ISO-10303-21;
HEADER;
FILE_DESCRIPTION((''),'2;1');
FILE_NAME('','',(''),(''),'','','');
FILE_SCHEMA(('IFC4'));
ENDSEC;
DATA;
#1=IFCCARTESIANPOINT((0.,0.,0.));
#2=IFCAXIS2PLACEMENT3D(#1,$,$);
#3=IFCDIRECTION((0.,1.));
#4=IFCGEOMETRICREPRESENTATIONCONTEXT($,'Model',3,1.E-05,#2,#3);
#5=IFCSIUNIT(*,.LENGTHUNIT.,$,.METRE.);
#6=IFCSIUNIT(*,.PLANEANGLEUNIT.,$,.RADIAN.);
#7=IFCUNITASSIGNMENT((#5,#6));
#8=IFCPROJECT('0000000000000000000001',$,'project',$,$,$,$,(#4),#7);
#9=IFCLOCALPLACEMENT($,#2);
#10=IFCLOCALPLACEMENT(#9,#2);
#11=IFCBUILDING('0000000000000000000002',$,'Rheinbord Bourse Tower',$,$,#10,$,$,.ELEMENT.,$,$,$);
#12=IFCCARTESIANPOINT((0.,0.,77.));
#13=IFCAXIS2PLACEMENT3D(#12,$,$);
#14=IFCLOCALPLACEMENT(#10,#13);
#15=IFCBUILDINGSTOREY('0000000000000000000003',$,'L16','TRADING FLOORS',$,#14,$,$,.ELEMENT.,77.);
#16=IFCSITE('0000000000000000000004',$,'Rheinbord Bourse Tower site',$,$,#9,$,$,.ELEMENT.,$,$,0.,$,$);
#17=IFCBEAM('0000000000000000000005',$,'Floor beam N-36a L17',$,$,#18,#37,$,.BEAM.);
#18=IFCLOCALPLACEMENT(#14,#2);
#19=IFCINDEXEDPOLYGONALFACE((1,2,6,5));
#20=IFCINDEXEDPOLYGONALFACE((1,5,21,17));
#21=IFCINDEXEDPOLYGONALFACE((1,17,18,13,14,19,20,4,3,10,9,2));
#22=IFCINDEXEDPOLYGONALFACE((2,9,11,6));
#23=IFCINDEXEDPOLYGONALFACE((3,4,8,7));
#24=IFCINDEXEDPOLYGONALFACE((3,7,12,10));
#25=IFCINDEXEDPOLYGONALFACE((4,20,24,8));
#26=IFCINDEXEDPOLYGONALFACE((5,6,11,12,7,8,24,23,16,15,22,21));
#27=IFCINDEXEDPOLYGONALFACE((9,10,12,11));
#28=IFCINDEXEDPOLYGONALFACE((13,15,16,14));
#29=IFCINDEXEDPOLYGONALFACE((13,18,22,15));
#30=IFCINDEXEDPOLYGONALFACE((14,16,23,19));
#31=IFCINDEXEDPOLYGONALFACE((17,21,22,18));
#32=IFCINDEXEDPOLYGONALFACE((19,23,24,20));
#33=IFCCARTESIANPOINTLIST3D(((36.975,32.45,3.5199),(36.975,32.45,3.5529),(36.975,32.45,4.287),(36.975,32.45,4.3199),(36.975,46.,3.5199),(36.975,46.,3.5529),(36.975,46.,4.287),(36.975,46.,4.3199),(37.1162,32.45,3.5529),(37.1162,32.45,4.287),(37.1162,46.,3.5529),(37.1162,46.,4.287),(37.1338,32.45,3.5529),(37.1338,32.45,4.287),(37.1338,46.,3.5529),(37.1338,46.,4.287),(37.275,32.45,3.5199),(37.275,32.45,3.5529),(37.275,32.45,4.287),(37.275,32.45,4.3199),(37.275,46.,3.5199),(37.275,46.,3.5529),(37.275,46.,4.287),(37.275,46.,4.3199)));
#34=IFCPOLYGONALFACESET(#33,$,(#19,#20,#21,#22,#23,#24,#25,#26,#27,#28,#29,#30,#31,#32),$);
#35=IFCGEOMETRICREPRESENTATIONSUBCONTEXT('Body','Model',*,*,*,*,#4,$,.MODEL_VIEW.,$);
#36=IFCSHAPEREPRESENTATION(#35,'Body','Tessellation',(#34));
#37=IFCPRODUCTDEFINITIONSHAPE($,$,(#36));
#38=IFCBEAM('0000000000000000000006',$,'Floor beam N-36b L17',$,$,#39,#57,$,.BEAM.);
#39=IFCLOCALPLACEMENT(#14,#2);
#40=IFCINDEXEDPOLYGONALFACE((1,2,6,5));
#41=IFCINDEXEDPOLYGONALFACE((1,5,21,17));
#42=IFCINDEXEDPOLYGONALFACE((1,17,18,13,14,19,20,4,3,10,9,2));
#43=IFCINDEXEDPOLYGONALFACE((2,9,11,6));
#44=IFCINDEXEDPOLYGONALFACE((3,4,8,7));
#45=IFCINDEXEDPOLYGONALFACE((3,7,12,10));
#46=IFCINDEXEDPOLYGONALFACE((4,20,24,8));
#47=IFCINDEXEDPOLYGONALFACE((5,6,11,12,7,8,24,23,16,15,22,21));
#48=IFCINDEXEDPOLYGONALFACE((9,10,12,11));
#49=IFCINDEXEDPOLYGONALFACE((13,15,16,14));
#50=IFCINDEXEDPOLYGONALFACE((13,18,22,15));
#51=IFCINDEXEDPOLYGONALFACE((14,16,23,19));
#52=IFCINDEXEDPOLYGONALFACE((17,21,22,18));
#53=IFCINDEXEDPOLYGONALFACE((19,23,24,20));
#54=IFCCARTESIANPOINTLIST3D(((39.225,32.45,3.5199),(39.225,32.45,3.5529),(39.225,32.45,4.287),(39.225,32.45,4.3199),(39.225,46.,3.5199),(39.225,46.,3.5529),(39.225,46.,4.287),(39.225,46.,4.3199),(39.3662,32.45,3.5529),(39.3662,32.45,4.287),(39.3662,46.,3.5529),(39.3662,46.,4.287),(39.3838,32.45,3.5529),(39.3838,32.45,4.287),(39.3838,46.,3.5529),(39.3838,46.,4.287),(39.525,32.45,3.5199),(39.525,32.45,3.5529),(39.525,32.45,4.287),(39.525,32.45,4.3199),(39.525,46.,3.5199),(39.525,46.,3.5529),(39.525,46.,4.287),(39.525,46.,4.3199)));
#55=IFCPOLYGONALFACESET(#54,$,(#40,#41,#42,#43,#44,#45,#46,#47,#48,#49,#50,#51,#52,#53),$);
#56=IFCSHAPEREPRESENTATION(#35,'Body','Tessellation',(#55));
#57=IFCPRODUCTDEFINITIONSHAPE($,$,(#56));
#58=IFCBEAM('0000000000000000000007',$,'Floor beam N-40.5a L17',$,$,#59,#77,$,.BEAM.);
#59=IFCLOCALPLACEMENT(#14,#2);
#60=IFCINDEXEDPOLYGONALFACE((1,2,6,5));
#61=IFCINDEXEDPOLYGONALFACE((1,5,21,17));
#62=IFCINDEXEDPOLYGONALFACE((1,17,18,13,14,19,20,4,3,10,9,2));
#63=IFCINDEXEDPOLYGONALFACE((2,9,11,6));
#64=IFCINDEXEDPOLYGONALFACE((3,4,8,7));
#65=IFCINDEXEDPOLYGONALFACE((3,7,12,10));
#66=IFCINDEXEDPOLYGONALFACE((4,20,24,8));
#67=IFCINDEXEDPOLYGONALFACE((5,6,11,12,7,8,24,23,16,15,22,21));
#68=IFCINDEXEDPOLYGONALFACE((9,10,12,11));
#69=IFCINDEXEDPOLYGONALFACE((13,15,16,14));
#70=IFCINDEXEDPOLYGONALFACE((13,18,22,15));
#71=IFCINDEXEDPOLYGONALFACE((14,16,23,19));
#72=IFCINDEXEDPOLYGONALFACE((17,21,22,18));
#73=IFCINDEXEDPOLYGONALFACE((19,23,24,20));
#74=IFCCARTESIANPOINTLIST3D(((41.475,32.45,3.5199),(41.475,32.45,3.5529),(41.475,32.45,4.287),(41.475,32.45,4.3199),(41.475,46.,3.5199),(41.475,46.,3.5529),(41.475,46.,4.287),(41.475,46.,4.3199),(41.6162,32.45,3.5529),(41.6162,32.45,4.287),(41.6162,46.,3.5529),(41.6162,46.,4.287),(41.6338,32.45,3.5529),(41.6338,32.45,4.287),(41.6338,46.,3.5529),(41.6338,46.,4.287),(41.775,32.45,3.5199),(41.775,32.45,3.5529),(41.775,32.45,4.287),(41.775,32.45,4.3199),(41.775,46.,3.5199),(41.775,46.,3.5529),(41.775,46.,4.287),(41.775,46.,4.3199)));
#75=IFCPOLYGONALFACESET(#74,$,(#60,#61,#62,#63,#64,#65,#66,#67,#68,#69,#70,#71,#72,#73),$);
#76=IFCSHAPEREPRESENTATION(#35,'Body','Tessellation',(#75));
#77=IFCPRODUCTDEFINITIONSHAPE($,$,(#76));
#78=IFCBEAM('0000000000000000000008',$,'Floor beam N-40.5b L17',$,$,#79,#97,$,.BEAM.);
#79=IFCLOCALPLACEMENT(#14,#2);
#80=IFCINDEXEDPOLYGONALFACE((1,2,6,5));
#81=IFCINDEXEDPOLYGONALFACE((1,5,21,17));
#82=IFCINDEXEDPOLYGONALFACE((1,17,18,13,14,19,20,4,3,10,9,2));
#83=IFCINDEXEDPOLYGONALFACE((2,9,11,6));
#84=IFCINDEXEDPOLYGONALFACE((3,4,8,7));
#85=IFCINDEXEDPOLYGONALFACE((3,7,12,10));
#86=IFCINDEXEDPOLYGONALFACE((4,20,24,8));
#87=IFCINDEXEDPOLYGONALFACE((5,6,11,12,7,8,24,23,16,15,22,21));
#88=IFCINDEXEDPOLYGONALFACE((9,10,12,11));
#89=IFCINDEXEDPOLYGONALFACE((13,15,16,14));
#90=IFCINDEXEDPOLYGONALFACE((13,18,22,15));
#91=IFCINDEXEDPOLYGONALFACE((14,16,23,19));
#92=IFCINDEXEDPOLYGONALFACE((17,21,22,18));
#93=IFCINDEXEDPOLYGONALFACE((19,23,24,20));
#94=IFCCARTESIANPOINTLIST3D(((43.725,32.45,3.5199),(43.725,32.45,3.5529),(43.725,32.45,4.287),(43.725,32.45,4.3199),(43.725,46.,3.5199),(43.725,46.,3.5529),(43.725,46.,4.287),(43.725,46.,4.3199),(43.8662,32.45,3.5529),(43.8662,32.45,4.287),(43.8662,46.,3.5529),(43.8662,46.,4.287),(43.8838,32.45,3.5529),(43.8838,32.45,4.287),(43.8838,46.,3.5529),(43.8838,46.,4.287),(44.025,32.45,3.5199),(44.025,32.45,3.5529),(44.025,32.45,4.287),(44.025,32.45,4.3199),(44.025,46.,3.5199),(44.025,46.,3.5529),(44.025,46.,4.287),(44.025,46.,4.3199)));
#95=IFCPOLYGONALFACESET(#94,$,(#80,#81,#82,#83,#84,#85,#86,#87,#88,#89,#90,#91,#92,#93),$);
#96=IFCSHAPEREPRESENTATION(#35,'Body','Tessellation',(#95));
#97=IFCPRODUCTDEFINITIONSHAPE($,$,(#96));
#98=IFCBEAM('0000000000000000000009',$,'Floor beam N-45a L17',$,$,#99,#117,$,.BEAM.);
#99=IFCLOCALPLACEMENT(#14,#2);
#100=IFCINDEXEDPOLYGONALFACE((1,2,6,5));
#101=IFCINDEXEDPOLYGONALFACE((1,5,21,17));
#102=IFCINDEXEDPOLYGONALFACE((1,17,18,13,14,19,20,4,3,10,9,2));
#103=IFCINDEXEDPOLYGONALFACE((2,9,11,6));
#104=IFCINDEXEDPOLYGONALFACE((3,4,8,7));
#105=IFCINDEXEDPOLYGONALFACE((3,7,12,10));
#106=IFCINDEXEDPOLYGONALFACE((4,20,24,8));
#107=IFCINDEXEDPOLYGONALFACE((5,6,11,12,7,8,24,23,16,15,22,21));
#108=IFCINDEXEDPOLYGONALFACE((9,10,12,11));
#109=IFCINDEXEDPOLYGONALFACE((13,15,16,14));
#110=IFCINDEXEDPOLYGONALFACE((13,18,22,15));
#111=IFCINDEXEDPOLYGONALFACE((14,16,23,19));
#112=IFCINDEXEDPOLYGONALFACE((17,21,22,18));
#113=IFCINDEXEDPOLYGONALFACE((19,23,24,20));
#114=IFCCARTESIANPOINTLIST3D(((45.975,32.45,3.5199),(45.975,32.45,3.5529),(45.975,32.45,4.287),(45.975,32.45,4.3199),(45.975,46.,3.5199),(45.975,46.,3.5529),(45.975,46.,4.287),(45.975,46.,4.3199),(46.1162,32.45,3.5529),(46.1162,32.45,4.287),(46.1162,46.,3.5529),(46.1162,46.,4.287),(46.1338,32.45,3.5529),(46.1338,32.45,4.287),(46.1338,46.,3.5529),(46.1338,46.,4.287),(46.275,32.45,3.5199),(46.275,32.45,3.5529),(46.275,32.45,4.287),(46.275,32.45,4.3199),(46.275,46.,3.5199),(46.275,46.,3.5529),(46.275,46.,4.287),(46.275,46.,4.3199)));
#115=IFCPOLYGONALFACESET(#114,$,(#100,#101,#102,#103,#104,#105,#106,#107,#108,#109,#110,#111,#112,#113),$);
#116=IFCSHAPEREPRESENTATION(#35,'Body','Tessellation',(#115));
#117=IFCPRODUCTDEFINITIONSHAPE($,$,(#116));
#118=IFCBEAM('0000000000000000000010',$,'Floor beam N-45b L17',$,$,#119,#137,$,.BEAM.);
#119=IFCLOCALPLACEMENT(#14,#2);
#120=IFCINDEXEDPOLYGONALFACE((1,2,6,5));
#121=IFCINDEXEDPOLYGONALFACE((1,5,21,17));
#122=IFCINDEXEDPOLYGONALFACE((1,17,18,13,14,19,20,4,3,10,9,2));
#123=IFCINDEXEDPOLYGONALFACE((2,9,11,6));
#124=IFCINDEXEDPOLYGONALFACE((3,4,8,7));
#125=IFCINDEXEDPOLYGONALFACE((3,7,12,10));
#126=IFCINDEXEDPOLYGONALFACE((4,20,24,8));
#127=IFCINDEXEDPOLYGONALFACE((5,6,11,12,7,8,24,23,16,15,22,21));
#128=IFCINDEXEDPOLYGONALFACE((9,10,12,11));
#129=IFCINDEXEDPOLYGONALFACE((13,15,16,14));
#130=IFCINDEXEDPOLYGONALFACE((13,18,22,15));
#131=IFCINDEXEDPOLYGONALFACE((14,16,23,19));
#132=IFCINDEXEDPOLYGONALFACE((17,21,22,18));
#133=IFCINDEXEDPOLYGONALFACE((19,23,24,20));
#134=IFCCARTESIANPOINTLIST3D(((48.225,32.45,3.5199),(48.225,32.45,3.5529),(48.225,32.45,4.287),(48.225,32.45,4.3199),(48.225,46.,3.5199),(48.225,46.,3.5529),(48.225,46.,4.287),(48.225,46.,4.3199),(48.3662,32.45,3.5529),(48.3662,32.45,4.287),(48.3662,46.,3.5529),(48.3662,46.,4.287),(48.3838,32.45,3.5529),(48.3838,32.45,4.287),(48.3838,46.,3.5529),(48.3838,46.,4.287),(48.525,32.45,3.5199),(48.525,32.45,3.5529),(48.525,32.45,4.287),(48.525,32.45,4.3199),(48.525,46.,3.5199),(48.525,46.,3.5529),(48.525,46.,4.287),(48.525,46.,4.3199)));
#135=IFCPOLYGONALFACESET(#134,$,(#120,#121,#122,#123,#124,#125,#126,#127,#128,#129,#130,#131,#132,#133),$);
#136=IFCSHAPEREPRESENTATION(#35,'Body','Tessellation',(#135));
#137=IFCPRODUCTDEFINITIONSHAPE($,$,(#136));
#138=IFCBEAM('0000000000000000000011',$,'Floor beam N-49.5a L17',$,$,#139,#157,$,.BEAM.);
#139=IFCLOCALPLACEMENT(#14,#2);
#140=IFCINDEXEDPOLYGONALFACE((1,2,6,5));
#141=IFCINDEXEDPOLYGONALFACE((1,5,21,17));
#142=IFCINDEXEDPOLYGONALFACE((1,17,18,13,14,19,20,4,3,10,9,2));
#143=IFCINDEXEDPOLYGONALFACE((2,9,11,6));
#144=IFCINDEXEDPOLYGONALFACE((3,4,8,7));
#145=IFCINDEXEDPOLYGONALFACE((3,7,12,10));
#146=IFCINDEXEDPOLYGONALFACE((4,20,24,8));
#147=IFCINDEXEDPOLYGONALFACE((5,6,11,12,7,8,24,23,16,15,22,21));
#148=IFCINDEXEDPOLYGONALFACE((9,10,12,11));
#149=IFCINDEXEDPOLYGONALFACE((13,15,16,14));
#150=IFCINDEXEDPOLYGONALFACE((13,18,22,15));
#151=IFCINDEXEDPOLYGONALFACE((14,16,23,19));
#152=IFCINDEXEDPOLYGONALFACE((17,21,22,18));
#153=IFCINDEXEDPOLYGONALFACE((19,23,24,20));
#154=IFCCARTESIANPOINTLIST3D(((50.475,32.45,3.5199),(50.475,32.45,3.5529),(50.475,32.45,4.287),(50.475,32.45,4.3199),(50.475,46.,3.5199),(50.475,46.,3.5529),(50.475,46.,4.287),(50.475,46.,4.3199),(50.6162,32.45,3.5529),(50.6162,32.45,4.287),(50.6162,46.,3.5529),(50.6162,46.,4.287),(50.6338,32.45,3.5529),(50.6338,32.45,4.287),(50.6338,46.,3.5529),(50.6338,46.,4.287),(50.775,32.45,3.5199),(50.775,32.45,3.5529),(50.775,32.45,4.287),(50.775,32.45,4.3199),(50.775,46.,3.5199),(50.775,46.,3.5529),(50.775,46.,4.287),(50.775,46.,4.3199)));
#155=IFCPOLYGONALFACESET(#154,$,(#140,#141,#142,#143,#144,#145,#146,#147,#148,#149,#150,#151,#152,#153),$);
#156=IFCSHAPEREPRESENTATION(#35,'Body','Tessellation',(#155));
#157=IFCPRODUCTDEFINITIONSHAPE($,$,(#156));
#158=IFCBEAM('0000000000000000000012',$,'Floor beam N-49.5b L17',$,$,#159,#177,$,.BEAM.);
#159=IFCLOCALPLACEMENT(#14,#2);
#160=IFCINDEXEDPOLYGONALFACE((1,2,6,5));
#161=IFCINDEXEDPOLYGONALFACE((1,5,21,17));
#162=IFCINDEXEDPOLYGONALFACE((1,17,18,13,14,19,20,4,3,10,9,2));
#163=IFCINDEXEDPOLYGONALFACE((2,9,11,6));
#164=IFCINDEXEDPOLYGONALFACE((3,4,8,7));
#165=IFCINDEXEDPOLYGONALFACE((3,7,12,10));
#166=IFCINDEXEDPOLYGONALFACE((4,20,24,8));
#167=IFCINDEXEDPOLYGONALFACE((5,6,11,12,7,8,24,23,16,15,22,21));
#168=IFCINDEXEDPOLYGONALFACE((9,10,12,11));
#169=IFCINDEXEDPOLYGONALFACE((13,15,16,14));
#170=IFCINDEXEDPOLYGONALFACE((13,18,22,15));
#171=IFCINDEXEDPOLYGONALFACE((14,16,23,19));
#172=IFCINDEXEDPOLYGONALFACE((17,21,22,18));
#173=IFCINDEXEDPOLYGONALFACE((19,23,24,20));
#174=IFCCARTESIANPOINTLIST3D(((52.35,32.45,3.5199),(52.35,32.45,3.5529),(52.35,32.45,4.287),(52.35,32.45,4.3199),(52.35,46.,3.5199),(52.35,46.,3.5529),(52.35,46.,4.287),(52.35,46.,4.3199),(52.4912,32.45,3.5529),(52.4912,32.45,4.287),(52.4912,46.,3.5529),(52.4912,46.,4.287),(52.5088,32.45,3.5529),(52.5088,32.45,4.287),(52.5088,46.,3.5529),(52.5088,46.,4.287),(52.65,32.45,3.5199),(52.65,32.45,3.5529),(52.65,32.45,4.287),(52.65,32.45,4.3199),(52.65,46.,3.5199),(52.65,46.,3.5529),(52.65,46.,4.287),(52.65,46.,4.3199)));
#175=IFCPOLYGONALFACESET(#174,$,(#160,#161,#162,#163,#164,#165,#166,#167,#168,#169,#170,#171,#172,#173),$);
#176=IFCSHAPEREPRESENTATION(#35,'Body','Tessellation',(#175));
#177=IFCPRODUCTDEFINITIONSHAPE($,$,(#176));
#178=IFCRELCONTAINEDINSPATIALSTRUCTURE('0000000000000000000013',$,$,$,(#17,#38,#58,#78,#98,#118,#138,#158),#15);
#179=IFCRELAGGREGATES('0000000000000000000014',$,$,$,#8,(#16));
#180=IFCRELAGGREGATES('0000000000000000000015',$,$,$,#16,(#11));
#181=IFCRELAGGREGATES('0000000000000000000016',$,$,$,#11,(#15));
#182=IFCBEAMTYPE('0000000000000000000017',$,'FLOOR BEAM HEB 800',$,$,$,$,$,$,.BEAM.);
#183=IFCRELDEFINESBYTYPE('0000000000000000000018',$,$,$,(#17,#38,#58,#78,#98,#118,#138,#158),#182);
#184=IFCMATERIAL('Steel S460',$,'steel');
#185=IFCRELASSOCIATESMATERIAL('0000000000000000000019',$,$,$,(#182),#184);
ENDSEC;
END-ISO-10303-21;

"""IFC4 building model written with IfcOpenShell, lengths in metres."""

from ifc_helpers import new_model, si_unit, direction, frame, origin, origin_2d, place, context, subcontext, project, spatial, i_section, extrude, material, material_profile, profile_set, type_object, element, save


model = new_model("IFC4")

# Units and contexts
model_context = context("Model", 3, precision=1e-05, world=origin(), true_north=direction((0.0, 1.0)))
body_context = subcontext(model_context, "Body", "Model", "MODEL_VIEW")
ifc_project = project(units=[si_unit("LENGTHUNIT", "METRE"), si_unit("PLANEANGLEUNIT", "RADIAN")], contexts=[model_context])

# Site, building, storey
site_placement = place(None, origin())
site = spatial("IfcSite", under=ifc_project, at=site_placement, Name="Rheinbord Bourse Tower site", CompositionType="ELEMENT", RefElevation=0.0)
building_placement = place(site_placement, origin())
building = spatial("IfcBuilding", under=site, at=building_placement, Name="Rheinbord Bourse Tower", CompositionType="ELEMENT")
storey_placement = place(building_placement, frame((0.0, 0.0, 77.0)))
storey = spatial("IfcBuildingStorey", under=building, at=storey_placement, Name="L16", Description="TRADING FLOORS", CompositionType="ELEMENT", Elevation=77.0)

# Beams
ifc_material_1 = material(Name="Steel S460", Category="steel")
ifc_material_profile_1 = material_profile(ifc_material_1, i_section(OverallWidth=0.3, OverallDepth=0.8, WebThickness=0.0176, FlangeThickness=0.033, at=origin_2d()), Name="HEB 800")
ifc_profile_set_1 = profile_set([ifc_material_profile_1], Name="Steel S460")
beam_type_1 = type_object("IfcBeamType", Name="FLOOR BEAM HEB 800", PredefinedType="BEAM", material=ifc_profile_set_1)
for number, where, z_axis, x_axis, name in (
    (1, (37.125, 46.0, 3.9199), (0.0, -1.0, 0.0), (1.0, 0.0, 0.0), "Floor beam N-36a L17"),
    (2, (39.375, 46.0, 3.9199), (0.0, -1.0, 0.0), (1.0, 0.0, 0.0), "Floor beam N-36b L17"),
    (3, (41.625, 46.0, 3.9199), (0.0, -1.0, 0.0), (1.0, 0.0, 0.0), "Floor beam N-40.5a L17"),
    (4, (43.875, 46.0, 3.9199), (0.0, -1.0, 0.0), (1.0, 0.0, 0.0), "Floor beam N-40.5b L17"),
    (5, (46.125, 46.0, 3.9199), (0.0, -1.0, 0.0), (1.0, 0.0, 0.0), "Floor beam N-45a L17"),
    (6, (48.375, 46.0, 3.9199), (0.0, -1.0, 0.0), (1.0, 0.0, 0.0), "Floor beam N-45b L17"),
    (7, (50.625, 46.0, 3.9199), (0.0, -1.0, 0.0), (1.0, 0.0, 0.0), "Floor beam N-49.5a L17"),
    (8, (52.5, 46.0, 3.9199), (0.0, -1.0, 0.0), (1.0, 0.0, 0.0), "Floor beam N-49.5b L17"),
):
    element("IfcBeam", number, at=place(storey_placement, frame(where, z_axis=z_axis, x_axis=x_axis)), inside=storey, type_object=beam_type_1, Name=name, PredefinedType="BEAM", context=body_context, shape_type="SweptSolid", body=[
        extrude(i_section(OverallWidth=0.3, OverallDepth=0.8, WebThickness=0.0176, FlangeThickness=0.033, at=origin_2d()), origin(), (0.0, 0.0, 1.0), 13.55),
    ])

save(model, "model.ifc")
